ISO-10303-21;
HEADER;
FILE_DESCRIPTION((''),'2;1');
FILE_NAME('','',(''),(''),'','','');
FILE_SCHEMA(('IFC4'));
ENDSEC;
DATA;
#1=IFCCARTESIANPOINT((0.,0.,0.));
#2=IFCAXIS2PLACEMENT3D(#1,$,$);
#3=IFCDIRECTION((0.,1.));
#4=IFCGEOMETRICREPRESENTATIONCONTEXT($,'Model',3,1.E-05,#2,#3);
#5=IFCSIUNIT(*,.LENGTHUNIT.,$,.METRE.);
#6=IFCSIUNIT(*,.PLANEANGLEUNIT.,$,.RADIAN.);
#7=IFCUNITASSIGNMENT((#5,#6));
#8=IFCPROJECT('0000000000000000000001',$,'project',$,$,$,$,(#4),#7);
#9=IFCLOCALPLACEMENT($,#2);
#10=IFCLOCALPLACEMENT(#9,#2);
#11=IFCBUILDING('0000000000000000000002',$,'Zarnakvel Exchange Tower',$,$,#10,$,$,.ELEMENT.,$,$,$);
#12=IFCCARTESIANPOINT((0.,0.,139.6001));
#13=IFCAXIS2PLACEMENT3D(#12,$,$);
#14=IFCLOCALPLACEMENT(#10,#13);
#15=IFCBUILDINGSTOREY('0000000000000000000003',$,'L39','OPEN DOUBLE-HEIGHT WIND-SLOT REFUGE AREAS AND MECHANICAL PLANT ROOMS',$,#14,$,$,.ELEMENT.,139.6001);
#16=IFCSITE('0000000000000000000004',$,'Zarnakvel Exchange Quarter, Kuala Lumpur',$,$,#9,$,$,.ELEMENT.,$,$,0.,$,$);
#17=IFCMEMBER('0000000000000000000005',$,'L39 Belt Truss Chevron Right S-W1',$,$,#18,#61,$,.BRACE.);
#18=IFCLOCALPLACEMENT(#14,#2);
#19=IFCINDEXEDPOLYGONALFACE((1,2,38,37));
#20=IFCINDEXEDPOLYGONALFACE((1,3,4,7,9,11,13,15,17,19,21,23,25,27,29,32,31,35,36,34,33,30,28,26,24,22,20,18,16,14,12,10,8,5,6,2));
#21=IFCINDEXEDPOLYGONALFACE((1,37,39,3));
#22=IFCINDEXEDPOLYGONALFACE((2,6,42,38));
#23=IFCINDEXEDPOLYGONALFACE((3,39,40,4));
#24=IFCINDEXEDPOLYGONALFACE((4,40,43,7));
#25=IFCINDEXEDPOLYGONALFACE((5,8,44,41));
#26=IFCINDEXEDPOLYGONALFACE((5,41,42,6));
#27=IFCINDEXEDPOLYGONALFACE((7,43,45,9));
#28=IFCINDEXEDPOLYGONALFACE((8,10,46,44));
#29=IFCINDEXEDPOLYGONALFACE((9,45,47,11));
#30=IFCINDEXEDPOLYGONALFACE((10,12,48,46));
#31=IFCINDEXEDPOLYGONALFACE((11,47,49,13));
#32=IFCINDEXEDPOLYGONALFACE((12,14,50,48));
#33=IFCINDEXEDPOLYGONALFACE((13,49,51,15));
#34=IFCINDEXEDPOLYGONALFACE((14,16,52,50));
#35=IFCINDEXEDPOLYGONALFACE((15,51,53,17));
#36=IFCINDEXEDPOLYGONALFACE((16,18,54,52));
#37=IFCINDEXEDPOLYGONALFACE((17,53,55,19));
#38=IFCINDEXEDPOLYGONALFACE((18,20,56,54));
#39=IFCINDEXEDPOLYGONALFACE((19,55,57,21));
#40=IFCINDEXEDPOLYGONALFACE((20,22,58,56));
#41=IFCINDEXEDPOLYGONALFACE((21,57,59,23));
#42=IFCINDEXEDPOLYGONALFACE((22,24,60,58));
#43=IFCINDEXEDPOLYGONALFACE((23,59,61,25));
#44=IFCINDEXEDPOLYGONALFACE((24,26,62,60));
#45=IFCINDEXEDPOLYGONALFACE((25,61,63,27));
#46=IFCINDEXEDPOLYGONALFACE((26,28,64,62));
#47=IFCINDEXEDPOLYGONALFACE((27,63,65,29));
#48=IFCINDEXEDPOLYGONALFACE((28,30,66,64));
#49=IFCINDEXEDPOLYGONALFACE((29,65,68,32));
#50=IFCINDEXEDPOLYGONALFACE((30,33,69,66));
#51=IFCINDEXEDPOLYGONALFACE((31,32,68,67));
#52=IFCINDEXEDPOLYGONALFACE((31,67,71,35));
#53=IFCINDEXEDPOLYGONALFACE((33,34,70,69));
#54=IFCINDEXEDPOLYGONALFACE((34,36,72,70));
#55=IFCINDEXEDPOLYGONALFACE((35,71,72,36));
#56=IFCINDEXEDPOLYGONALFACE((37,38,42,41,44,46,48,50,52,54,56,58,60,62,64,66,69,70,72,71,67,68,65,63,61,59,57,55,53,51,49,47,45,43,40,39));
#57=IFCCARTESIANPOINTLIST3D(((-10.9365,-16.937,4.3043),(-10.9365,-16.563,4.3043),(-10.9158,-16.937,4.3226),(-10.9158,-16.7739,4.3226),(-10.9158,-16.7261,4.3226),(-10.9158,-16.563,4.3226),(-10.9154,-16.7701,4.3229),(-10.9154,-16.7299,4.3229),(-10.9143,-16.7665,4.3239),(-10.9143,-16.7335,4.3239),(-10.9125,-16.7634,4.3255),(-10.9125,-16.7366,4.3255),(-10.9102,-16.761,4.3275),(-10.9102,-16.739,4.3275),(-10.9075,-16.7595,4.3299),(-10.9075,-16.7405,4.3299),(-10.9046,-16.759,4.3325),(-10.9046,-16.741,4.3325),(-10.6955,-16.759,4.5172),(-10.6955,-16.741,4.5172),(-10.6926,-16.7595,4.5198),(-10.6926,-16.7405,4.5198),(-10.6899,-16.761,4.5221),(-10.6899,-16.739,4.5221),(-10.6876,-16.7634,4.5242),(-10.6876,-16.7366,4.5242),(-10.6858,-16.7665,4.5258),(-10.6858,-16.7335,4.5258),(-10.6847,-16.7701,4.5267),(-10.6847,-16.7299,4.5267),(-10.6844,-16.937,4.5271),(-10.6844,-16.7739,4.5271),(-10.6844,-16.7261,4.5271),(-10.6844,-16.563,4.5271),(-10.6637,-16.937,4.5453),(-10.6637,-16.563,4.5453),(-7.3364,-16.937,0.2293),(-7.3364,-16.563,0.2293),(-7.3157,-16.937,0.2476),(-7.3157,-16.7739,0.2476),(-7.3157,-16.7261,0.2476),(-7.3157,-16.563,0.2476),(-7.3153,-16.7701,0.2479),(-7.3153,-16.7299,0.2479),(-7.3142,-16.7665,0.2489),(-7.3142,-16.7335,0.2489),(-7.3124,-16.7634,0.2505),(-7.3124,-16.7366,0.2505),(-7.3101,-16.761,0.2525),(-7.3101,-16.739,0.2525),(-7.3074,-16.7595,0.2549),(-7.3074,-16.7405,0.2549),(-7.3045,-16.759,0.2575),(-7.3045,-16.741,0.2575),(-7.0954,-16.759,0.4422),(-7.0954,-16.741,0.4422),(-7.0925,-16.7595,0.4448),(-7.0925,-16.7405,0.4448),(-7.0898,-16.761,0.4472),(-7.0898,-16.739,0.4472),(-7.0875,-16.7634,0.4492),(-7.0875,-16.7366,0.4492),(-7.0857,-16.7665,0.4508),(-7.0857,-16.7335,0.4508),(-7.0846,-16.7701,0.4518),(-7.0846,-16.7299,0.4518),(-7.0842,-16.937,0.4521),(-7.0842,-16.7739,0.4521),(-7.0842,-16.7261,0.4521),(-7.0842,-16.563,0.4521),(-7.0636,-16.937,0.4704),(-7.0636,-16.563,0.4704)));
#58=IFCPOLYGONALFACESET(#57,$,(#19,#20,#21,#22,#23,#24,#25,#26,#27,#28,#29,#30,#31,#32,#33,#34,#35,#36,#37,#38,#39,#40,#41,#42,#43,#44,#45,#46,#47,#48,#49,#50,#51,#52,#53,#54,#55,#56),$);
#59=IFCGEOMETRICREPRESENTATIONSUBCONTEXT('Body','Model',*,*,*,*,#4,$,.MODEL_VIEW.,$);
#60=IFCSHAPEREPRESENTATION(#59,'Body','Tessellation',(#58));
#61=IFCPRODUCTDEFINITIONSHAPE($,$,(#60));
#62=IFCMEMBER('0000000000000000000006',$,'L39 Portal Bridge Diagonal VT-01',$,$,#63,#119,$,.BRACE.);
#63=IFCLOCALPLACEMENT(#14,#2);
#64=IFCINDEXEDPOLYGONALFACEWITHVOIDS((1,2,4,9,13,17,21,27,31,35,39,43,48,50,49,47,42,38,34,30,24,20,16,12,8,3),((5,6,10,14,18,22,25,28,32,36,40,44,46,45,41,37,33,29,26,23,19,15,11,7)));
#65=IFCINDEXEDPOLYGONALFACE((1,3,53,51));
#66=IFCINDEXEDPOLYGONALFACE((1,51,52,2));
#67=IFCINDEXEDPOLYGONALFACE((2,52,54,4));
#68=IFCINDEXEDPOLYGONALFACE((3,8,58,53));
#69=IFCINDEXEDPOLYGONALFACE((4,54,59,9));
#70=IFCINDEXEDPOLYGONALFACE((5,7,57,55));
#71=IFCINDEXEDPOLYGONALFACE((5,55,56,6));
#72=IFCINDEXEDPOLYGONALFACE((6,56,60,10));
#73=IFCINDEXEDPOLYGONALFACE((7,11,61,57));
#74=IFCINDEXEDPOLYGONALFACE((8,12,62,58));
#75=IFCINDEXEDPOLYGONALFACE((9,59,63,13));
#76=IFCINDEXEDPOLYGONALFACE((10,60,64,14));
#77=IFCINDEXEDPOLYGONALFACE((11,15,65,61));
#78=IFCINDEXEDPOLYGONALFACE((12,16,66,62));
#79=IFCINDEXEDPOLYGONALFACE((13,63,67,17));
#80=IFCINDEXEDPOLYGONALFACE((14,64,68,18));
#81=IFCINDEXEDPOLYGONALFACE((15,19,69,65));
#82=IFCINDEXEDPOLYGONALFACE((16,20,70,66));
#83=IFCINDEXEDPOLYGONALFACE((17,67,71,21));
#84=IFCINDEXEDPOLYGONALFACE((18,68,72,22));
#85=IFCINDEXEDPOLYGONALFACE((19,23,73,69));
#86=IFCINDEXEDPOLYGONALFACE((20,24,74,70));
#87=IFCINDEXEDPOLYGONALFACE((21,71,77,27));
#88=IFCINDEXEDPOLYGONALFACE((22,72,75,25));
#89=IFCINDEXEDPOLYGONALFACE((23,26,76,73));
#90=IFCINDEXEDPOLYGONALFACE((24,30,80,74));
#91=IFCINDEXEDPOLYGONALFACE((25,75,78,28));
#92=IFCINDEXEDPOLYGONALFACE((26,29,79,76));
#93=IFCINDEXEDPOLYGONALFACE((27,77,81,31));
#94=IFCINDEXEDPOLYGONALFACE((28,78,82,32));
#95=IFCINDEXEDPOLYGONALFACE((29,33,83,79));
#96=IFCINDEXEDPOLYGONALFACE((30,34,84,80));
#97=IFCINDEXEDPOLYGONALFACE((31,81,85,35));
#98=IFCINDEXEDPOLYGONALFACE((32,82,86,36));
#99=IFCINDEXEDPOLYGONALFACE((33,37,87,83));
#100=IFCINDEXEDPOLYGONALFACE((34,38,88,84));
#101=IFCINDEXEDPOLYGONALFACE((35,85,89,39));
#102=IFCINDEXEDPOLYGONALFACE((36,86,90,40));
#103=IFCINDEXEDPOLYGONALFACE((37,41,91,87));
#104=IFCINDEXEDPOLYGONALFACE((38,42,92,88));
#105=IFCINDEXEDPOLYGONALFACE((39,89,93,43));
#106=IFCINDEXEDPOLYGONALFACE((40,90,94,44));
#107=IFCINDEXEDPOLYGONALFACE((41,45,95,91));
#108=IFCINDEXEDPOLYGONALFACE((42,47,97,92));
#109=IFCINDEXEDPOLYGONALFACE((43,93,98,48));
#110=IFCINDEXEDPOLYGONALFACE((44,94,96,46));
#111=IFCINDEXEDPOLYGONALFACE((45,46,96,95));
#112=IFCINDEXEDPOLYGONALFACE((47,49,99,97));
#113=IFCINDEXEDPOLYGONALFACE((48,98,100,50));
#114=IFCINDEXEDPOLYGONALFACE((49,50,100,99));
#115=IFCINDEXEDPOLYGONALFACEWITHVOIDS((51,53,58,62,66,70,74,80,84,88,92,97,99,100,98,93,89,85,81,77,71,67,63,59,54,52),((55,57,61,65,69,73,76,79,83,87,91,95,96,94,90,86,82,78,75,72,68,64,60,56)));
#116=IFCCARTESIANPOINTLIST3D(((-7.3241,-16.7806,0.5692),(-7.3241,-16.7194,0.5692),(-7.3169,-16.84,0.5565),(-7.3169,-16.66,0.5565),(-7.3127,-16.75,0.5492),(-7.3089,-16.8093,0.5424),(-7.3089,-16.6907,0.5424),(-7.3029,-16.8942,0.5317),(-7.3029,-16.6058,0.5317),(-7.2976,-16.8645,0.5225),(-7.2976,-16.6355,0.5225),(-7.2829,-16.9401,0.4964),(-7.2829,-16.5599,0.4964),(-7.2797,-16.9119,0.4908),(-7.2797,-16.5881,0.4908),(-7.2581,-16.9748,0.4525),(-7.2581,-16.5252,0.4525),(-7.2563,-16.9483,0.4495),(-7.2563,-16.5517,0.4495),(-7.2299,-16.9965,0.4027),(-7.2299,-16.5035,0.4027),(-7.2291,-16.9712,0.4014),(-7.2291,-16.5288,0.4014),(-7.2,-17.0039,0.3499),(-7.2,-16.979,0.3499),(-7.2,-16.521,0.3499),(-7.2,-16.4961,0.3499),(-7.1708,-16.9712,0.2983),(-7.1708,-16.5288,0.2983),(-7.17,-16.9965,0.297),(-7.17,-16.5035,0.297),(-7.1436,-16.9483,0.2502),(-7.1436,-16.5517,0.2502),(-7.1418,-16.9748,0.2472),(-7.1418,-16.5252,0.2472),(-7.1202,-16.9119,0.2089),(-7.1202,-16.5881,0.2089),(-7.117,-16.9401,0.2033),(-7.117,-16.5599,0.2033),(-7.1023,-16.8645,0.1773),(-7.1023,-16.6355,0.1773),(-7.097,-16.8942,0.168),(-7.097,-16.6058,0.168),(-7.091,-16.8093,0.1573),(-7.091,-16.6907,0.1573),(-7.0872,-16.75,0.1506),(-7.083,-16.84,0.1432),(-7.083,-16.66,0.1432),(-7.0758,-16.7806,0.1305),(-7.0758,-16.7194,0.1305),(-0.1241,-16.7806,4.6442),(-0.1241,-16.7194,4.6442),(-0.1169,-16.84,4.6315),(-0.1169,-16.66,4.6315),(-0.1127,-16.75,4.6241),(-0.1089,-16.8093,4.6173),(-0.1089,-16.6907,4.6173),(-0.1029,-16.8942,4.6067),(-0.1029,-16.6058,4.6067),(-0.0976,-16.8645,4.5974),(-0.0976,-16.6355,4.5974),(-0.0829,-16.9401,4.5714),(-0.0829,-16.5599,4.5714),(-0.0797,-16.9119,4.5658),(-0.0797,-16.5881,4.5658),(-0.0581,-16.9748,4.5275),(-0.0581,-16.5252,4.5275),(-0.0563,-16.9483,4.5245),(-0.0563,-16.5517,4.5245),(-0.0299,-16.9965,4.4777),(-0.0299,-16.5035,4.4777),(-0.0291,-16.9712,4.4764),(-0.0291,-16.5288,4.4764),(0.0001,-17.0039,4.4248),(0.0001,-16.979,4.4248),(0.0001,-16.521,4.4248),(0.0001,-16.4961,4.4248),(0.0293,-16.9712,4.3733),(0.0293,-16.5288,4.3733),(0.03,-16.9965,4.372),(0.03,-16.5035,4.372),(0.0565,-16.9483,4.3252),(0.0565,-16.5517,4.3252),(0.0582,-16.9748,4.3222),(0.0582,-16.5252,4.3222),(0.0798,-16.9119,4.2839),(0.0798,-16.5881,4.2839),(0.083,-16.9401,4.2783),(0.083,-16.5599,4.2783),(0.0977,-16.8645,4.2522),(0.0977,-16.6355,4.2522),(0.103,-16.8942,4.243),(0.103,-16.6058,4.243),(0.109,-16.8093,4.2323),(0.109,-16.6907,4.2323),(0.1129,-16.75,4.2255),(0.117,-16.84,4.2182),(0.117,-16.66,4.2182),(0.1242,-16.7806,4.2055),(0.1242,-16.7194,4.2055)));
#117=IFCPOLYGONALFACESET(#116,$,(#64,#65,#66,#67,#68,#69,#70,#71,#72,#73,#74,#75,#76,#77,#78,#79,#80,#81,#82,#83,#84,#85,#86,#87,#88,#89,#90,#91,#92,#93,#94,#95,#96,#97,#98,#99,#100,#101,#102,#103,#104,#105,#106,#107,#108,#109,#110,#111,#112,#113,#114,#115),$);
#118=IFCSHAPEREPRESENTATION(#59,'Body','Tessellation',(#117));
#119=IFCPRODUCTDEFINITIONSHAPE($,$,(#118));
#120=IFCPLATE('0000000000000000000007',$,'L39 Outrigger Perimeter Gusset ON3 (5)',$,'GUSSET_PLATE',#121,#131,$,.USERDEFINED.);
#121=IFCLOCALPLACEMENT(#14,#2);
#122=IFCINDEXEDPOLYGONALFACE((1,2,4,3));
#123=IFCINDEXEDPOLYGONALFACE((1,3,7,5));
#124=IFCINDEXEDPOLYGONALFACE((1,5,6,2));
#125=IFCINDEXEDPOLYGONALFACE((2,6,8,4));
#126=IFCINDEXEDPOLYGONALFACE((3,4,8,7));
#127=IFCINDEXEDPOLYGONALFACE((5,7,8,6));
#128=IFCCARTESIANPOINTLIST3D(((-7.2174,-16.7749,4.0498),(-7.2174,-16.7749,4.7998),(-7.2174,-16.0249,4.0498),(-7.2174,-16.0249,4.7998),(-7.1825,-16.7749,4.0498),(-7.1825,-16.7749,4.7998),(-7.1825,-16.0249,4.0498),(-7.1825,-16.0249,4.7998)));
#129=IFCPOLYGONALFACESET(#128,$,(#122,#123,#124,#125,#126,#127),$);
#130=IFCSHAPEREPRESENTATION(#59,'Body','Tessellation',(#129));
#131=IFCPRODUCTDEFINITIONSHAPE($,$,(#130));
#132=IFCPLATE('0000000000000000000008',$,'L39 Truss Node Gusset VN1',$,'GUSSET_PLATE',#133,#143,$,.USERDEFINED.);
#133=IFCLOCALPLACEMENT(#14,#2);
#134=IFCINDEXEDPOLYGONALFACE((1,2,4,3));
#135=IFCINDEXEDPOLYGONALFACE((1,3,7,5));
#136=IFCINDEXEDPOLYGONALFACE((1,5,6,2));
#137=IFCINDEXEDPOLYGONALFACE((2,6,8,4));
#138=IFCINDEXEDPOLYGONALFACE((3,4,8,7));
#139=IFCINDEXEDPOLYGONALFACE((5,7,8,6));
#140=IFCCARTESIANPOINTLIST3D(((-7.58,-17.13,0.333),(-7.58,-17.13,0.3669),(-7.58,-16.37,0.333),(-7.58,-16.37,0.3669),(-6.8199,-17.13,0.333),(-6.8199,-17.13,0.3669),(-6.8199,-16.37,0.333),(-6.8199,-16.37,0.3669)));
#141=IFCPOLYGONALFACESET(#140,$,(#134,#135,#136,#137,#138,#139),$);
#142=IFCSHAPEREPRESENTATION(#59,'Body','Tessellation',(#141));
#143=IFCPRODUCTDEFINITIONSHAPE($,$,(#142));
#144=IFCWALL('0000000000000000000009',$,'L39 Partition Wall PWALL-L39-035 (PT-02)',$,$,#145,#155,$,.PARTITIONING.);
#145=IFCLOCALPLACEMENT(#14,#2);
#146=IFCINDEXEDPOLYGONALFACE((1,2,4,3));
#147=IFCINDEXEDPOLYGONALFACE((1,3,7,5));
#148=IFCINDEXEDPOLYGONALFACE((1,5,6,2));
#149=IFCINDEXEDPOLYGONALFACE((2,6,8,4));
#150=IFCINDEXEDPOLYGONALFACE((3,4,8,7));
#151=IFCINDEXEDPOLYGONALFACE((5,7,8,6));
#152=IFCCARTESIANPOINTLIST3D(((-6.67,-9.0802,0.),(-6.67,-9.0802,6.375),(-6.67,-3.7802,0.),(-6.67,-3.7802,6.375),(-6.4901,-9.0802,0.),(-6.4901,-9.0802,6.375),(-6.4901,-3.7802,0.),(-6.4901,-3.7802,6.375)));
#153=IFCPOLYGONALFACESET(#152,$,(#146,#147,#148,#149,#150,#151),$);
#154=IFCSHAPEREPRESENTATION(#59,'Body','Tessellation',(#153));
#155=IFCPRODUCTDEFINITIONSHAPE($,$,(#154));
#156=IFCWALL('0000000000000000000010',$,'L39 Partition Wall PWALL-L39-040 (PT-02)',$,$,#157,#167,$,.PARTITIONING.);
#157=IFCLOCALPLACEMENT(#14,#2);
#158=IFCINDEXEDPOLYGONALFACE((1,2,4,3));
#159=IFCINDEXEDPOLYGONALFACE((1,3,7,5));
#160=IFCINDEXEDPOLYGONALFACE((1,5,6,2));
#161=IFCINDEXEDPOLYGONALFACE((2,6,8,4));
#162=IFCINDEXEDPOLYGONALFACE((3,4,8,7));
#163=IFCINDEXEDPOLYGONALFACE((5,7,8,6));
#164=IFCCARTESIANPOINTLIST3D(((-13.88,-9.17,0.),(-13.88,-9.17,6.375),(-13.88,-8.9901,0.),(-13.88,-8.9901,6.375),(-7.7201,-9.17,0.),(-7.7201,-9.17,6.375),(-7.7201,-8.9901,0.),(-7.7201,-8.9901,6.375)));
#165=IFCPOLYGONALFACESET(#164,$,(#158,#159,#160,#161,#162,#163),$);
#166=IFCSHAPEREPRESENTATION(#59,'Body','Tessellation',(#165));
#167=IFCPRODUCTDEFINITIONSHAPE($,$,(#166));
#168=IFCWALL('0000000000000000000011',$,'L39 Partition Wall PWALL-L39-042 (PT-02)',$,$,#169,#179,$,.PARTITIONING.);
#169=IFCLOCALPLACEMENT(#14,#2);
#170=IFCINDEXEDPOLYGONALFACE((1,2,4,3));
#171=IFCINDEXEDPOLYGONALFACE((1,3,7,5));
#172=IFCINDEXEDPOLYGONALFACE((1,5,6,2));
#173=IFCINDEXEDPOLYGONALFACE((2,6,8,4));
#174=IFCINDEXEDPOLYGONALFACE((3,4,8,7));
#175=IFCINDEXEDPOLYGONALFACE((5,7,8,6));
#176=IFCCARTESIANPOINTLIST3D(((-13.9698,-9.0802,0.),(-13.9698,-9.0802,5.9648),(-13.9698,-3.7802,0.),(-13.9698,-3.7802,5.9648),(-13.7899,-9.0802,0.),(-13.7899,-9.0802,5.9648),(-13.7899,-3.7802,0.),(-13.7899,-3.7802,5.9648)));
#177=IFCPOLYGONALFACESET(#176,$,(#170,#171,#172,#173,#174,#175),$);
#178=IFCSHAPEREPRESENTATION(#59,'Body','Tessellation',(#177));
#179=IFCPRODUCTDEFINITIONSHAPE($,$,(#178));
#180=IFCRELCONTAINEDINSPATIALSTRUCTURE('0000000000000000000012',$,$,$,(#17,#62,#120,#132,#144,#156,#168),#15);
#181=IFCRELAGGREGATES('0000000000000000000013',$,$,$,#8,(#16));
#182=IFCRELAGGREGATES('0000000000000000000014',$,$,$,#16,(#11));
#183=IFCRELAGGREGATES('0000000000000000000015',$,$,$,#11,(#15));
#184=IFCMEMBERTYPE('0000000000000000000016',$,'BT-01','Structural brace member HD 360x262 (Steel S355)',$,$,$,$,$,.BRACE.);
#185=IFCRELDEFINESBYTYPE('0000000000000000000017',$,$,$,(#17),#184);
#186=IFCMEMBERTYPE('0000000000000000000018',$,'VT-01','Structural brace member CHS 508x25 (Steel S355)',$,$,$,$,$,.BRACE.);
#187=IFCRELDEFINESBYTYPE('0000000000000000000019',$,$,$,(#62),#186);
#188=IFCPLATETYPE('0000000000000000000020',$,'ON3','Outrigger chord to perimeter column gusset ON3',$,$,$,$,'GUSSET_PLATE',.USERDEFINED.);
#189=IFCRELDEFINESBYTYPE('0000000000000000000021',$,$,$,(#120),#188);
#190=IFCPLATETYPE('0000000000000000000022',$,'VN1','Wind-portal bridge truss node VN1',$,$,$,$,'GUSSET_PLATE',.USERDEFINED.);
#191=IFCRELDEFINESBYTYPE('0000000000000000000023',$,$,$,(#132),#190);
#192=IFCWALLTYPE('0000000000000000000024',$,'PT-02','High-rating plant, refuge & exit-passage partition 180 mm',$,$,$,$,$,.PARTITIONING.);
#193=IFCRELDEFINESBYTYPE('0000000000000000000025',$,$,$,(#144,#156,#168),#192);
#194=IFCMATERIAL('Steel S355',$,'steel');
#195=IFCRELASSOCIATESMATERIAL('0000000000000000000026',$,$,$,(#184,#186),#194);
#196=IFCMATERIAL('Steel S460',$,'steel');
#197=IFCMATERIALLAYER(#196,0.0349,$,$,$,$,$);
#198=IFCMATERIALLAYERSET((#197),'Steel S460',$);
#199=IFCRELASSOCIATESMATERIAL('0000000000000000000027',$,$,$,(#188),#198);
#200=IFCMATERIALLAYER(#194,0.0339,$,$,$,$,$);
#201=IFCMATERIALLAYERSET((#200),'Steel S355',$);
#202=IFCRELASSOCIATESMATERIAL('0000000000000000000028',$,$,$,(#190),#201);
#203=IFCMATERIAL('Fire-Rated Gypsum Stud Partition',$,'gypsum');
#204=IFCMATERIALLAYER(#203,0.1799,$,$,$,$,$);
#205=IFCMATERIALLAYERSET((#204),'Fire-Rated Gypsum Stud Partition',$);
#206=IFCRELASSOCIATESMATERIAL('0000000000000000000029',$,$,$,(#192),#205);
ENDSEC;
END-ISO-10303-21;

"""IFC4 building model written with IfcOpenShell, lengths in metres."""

from ifc_helpers import new_model, si_unit, direction, frame, frame_2d, origin, origin_2d, place, context, subcontext, project, spatial, rectangle, hollow_circle, i_section, extrude, source, transform, mapped, material, layer, layer_set, material_profile, profile_set, type_object, element, save


model = new_model("IFC4")

# Units and contexts
model_context = context("Model", 3, precision=1e-05, world=origin(), true_north=direction((0.0, 1.0)))
body_context = subcontext(model_context, "Body", "Model", "MODEL_VIEW")
ifc_project = project(units=[si_unit("LENGTHUNIT", "METRE"), si_unit("PLANEANGLEUNIT", "RADIAN")], contexts=[model_context])

# Site, building, storey
site_placement = place(None, origin())
site = spatial("IfcSite", under=ifc_project, at=site_placement, Name="Zarnakvel Exchange Quarter, Kuala Lumpur", CompositionType="ELEMENT", RefElevation=0.0)
building_placement = place(site_placement, origin())
building = spatial("IfcBuilding", under=site, at=building_placement, Name="Zarnakvel Exchange Tower", CompositionType="ELEMENT")
storey_placement = place(building_placement, frame((0.0, 0.0, 139.6001)))
storey = spatial("IfcBuildingStorey", under=building, at=storey_placement, Name="L39", Description="OPEN DOUBLE-HEIGHT WIND-SLOT REFUGE AREAS AND MECHANICAL PLANT ROOMS", CompositionType="ELEMENT", Elevation=139.6001)

# Shared definitions
ifc_material_1 = material(Name="Steel S355", Category="steel")
ifc_material_2 = material(Name="Steel S460", Category="steel")

# Members
ifc_material_profile_1 = material_profile(ifc_material_1, i_section(OverallWidth=0.374, OverallDepth=0.364, WebThickness=0.0181, FlangeThickness=0.0276, FilletRadius=0.0149, at=origin_2d()))
ifc_profile_set_1 = profile_set([ifc_material_profile_1], Name="Steel S355")
member_type_1 = type_object("IfcMemberType", Name="BT-01", Description="Structural brace member HD 360x262 (Steel S355)", PredefinedType="BRACE", material=ifc_profile_set_1)
shared_shape_1 = source(origin(), body_context, "Body", "SweptSolid", [
    extrude(i_section(OverallWidth=0.374, OverallDepth=0.364, WebThickness=0.0181, FlangeThickness=0.0276, FilletRadius=0.0149, at=origin_2d()), origin(), (0.0, 0.0, 1.0), 5.4375),
])
member_1_placement = place(storey_placement, frame((-7.2, -16.75, 0.3499), z_axis=(-0.662092, 0.0, 0.749422), x_axis=(0.0, -1.0, 0.0)))
element("IfcMember", 1, at=member_1_placement, inside=storey, type_object=member_type_1, Name="L39 Belt Truss Chevron Right S-W1", PredefinedType="BRACE", context=body_context, shape_type="MappedRepresentation", body=[
    mapped(shared_shape_1, transform((0.0, 0.0, 0.0), x_axis=(1.0, 0.0, 0.0), y_axis=(0.0, 1.0, 0.0), z_axis=(0.0, 0.0, 1.0), scale=1.0)),
])
ifc_material_profile_2 = material_profile(ifc_material_1, hollow_circle(Radius=0.2539, WallThickness=0.0249, at=origin_2d()))
ifc_profile_set_2 = profile_set([ifc_material_profile_2], Name="Steel S355")
member_type_2 = type_object("IfcMemberType", Name="VT-01", Description="Structural brace member CHS 508x25 (Steel S355)", PredefinedType="BRACE", material=ifc_profile_set_2)
shared_shape_2 = source(origin(), body_context, "Body", "SweptSolid", [
    extrude(hollow_circle(Radius=0.2539, WallThickness=0.0249, at=origin_2d()), origin(), (0.0, 0.0, 1.0), 8.2732),
])
member_2_placement = place(storey_placement, frame((-7.2, -16.75, 0.3499), z_axis=(0.870282, 0.0, 0.492553), x_axis=(0.0, 1.0, 0.0)))
element("IfcMember", 2, at=member_2_placement, inside=storey, type_object=member_type_2, Name="L39 Portal Bridge Diagonal VT-01", PredefinedType="BRACE", context=body_context, shape_type="MappedRepresentation", body=[
    mapped(shared_shape_2, transform((0.0, 0.0, 0.0), x_axis=(1.0, 0.0, 0.0), y_axis=(0.0, 1.0, 0.0), z_axis=(0.0, 0.0, 1.0), scale=1.0)),
])

# Plates
ifc_layer_1 = layer(ifc_material_2, 0.0349)
ifc_layer_set_1 = layer_set([ifc_layer_1], Name="Steel S460")
plate_type_1 = type_object("IfcPlateType", Name="ON3", Description="Outrigger chord to perimeter column gusset ON3", ElementType="GUSSET_PLATE", PredefinedType="USERDEFINED", material=ifc_layer_set_1)
shared_shape_3 = source(origin(), body_context, "Body", "SweptSolid", [
    extrude(rectangle(XDim=0.0349, YDim=0.75, at=origin_2d()), origin(), (0.0, 0.0, 1.0), 0.75),
])
plate_1_placement = place(storey_placement, frame((-7.2, -16.3999, 4.0498), z_axis=(0.0, 0.0, 1.0), x_axis=(1.0, 0.0, 0.0)))
element("IfcPlate", 3, at=plate_1_placement, inside=storey, type_object=plate_type_1, Name="L39 Outrigger Perimeter Gusset ON3 (5)", ObjectType="GUSSET_PLATE", PredefinedType="USERDEFINED", context=body_context, shape_type="MappedRepresentation", body=[
    mapped(shared_shape_3, transform((0.0, 0.0, 0.0), x_axis=(1.0, 0.0, 0.0), y_axis=(0.0, 1.0, 0.0), z_axis=(0.0, 0.0, 1.0), scale=1.0)),
])
ifc_layer_2 = layer(ifc_material_1, 0.0339)
ifc_layer_set_2 = layer_set([ifc_layer_2], Name="Steel S355")
plate_type_2 = type_object("IfcPlateType", Name="VN1", Description="Wind-portal bridge truss node VN1", ElementType="GUSSET_PLATE", PredefinedType="USERDEFINED", material=ifc_layer_set_2)
shared_shape_4 = source(origin(), body_context, "Body", "SweptSolid", [
    extrude(rectangle(XDim=0.76, YDim=0.76, at=origin_2d()), origin(), (0.0, 0.0, 1.0), 0.0339),
])
plate_2_placement = place(storey_placement, frame((-7.2, -16.75, 0.333), z_axis=(0.0, 0.0, 1.0), x_axis=(1.0, 0.0, 0.0)))
element("IfcPlate", 4, at=plate_2_placement, inside=storey, type_object=plate_type_2, Name="L39 Truss Node Gusset VN1", ObjectType="GUSSET_PLATE", PredefinedType="USERDEFINED", context=body_context, shape_type="MappedRepresentation", body=[
    mapped(shared_shape_4, transform((0.0, 0.0, 0.0), x_axis=(1.0, 0.0, 0.0), y_axis=(0.0, 1.0, 0.0), z_axis=(0.0, 0.0, 1.0), scale=1.0)),
])

# Walls
ifc_material_3 = material(Name="Fire-Rated Gypsum Stud Partition", Category="gypsum")
ifc_layer_3 = layer(ifc_material_3, 0.1799)
ifc_layer_set_3 = layer_set([ifc_layer_3], Name="Fire-Rated Gypsum Stud Partition")
wall_type = type_object("IfcWallType", Name="PT-02", Description="High-rating plant, refuge & exit-passage partition 180 mm", PredefinedType="PARTITIONING", material=ifc_layer_set_3)
wall_1_placement = place(storey_placement, frame((-6.5801, -9.0801, 0.0), z_axis=(0.0, 0.0, 1.0), x_axis=(0.0, 1.0, 0.0)))
element("IfcWall", 5, at=wall_1_placement, inside=storey, type_object=wall_type, Name="L39 Partition Wall PWALL-L39-035 (PT-02)", PredefinedType="PARTITIONING", context=body_context, shape_type="SweptSolid", body=[
    extrude(rectangle(XDim=5.3, YDim=0.1799, at=frame_2d((2.6499, 0.0))), origin(), (0.0, 0.0, 1.0), 6.375),
])
wall_2_placement = place(storey_placement, frame((-7.72, -9.0801, 0.0), z_axis=(0.0, 0.0, 1.0), x_axis=(-1.0, 0.0, 0.0)))
element("IfcWall", 6, at=wall_2_placement, inside=storey, type_object=wall_type, Name="L39 Partition Wall PWALL-L39-040 (PT-02)", PredefinedType="PARTITIONING", context=body_context, shape_type="SweptSolid", body=[
    extrude(rectangle(XDim=6.1599, YDim=0.1799, at=frame_2d((3.0801, 0.0))), origin(), (0.0, 0.0, 1.0), 6.375),
])
wall_3_placement = place(storey_placement, frame((-13.8799, -9.0801, 0.0), z_axis=(0.0, 0.0, 1.0), x_axis=(0.0, 1.0, 0.0)))
element("IfcWall", 7, at=wall_3_placement, inside=storey, type_object=wall_type, Name="L39 Partition Wall PWALL-L39-042 (PT-02)", PredefinedType="PARTITIONING", context=body_context, shape_type="SweptSolid", body=[
    extrude(rectangle(XDim=5.3, YDim=0.1799, at=frame_2d((2.6499, 0.0))), origin(), (0.0, 0.0, 1.0), 5.9648),
])

save(model, "model.ifc")
